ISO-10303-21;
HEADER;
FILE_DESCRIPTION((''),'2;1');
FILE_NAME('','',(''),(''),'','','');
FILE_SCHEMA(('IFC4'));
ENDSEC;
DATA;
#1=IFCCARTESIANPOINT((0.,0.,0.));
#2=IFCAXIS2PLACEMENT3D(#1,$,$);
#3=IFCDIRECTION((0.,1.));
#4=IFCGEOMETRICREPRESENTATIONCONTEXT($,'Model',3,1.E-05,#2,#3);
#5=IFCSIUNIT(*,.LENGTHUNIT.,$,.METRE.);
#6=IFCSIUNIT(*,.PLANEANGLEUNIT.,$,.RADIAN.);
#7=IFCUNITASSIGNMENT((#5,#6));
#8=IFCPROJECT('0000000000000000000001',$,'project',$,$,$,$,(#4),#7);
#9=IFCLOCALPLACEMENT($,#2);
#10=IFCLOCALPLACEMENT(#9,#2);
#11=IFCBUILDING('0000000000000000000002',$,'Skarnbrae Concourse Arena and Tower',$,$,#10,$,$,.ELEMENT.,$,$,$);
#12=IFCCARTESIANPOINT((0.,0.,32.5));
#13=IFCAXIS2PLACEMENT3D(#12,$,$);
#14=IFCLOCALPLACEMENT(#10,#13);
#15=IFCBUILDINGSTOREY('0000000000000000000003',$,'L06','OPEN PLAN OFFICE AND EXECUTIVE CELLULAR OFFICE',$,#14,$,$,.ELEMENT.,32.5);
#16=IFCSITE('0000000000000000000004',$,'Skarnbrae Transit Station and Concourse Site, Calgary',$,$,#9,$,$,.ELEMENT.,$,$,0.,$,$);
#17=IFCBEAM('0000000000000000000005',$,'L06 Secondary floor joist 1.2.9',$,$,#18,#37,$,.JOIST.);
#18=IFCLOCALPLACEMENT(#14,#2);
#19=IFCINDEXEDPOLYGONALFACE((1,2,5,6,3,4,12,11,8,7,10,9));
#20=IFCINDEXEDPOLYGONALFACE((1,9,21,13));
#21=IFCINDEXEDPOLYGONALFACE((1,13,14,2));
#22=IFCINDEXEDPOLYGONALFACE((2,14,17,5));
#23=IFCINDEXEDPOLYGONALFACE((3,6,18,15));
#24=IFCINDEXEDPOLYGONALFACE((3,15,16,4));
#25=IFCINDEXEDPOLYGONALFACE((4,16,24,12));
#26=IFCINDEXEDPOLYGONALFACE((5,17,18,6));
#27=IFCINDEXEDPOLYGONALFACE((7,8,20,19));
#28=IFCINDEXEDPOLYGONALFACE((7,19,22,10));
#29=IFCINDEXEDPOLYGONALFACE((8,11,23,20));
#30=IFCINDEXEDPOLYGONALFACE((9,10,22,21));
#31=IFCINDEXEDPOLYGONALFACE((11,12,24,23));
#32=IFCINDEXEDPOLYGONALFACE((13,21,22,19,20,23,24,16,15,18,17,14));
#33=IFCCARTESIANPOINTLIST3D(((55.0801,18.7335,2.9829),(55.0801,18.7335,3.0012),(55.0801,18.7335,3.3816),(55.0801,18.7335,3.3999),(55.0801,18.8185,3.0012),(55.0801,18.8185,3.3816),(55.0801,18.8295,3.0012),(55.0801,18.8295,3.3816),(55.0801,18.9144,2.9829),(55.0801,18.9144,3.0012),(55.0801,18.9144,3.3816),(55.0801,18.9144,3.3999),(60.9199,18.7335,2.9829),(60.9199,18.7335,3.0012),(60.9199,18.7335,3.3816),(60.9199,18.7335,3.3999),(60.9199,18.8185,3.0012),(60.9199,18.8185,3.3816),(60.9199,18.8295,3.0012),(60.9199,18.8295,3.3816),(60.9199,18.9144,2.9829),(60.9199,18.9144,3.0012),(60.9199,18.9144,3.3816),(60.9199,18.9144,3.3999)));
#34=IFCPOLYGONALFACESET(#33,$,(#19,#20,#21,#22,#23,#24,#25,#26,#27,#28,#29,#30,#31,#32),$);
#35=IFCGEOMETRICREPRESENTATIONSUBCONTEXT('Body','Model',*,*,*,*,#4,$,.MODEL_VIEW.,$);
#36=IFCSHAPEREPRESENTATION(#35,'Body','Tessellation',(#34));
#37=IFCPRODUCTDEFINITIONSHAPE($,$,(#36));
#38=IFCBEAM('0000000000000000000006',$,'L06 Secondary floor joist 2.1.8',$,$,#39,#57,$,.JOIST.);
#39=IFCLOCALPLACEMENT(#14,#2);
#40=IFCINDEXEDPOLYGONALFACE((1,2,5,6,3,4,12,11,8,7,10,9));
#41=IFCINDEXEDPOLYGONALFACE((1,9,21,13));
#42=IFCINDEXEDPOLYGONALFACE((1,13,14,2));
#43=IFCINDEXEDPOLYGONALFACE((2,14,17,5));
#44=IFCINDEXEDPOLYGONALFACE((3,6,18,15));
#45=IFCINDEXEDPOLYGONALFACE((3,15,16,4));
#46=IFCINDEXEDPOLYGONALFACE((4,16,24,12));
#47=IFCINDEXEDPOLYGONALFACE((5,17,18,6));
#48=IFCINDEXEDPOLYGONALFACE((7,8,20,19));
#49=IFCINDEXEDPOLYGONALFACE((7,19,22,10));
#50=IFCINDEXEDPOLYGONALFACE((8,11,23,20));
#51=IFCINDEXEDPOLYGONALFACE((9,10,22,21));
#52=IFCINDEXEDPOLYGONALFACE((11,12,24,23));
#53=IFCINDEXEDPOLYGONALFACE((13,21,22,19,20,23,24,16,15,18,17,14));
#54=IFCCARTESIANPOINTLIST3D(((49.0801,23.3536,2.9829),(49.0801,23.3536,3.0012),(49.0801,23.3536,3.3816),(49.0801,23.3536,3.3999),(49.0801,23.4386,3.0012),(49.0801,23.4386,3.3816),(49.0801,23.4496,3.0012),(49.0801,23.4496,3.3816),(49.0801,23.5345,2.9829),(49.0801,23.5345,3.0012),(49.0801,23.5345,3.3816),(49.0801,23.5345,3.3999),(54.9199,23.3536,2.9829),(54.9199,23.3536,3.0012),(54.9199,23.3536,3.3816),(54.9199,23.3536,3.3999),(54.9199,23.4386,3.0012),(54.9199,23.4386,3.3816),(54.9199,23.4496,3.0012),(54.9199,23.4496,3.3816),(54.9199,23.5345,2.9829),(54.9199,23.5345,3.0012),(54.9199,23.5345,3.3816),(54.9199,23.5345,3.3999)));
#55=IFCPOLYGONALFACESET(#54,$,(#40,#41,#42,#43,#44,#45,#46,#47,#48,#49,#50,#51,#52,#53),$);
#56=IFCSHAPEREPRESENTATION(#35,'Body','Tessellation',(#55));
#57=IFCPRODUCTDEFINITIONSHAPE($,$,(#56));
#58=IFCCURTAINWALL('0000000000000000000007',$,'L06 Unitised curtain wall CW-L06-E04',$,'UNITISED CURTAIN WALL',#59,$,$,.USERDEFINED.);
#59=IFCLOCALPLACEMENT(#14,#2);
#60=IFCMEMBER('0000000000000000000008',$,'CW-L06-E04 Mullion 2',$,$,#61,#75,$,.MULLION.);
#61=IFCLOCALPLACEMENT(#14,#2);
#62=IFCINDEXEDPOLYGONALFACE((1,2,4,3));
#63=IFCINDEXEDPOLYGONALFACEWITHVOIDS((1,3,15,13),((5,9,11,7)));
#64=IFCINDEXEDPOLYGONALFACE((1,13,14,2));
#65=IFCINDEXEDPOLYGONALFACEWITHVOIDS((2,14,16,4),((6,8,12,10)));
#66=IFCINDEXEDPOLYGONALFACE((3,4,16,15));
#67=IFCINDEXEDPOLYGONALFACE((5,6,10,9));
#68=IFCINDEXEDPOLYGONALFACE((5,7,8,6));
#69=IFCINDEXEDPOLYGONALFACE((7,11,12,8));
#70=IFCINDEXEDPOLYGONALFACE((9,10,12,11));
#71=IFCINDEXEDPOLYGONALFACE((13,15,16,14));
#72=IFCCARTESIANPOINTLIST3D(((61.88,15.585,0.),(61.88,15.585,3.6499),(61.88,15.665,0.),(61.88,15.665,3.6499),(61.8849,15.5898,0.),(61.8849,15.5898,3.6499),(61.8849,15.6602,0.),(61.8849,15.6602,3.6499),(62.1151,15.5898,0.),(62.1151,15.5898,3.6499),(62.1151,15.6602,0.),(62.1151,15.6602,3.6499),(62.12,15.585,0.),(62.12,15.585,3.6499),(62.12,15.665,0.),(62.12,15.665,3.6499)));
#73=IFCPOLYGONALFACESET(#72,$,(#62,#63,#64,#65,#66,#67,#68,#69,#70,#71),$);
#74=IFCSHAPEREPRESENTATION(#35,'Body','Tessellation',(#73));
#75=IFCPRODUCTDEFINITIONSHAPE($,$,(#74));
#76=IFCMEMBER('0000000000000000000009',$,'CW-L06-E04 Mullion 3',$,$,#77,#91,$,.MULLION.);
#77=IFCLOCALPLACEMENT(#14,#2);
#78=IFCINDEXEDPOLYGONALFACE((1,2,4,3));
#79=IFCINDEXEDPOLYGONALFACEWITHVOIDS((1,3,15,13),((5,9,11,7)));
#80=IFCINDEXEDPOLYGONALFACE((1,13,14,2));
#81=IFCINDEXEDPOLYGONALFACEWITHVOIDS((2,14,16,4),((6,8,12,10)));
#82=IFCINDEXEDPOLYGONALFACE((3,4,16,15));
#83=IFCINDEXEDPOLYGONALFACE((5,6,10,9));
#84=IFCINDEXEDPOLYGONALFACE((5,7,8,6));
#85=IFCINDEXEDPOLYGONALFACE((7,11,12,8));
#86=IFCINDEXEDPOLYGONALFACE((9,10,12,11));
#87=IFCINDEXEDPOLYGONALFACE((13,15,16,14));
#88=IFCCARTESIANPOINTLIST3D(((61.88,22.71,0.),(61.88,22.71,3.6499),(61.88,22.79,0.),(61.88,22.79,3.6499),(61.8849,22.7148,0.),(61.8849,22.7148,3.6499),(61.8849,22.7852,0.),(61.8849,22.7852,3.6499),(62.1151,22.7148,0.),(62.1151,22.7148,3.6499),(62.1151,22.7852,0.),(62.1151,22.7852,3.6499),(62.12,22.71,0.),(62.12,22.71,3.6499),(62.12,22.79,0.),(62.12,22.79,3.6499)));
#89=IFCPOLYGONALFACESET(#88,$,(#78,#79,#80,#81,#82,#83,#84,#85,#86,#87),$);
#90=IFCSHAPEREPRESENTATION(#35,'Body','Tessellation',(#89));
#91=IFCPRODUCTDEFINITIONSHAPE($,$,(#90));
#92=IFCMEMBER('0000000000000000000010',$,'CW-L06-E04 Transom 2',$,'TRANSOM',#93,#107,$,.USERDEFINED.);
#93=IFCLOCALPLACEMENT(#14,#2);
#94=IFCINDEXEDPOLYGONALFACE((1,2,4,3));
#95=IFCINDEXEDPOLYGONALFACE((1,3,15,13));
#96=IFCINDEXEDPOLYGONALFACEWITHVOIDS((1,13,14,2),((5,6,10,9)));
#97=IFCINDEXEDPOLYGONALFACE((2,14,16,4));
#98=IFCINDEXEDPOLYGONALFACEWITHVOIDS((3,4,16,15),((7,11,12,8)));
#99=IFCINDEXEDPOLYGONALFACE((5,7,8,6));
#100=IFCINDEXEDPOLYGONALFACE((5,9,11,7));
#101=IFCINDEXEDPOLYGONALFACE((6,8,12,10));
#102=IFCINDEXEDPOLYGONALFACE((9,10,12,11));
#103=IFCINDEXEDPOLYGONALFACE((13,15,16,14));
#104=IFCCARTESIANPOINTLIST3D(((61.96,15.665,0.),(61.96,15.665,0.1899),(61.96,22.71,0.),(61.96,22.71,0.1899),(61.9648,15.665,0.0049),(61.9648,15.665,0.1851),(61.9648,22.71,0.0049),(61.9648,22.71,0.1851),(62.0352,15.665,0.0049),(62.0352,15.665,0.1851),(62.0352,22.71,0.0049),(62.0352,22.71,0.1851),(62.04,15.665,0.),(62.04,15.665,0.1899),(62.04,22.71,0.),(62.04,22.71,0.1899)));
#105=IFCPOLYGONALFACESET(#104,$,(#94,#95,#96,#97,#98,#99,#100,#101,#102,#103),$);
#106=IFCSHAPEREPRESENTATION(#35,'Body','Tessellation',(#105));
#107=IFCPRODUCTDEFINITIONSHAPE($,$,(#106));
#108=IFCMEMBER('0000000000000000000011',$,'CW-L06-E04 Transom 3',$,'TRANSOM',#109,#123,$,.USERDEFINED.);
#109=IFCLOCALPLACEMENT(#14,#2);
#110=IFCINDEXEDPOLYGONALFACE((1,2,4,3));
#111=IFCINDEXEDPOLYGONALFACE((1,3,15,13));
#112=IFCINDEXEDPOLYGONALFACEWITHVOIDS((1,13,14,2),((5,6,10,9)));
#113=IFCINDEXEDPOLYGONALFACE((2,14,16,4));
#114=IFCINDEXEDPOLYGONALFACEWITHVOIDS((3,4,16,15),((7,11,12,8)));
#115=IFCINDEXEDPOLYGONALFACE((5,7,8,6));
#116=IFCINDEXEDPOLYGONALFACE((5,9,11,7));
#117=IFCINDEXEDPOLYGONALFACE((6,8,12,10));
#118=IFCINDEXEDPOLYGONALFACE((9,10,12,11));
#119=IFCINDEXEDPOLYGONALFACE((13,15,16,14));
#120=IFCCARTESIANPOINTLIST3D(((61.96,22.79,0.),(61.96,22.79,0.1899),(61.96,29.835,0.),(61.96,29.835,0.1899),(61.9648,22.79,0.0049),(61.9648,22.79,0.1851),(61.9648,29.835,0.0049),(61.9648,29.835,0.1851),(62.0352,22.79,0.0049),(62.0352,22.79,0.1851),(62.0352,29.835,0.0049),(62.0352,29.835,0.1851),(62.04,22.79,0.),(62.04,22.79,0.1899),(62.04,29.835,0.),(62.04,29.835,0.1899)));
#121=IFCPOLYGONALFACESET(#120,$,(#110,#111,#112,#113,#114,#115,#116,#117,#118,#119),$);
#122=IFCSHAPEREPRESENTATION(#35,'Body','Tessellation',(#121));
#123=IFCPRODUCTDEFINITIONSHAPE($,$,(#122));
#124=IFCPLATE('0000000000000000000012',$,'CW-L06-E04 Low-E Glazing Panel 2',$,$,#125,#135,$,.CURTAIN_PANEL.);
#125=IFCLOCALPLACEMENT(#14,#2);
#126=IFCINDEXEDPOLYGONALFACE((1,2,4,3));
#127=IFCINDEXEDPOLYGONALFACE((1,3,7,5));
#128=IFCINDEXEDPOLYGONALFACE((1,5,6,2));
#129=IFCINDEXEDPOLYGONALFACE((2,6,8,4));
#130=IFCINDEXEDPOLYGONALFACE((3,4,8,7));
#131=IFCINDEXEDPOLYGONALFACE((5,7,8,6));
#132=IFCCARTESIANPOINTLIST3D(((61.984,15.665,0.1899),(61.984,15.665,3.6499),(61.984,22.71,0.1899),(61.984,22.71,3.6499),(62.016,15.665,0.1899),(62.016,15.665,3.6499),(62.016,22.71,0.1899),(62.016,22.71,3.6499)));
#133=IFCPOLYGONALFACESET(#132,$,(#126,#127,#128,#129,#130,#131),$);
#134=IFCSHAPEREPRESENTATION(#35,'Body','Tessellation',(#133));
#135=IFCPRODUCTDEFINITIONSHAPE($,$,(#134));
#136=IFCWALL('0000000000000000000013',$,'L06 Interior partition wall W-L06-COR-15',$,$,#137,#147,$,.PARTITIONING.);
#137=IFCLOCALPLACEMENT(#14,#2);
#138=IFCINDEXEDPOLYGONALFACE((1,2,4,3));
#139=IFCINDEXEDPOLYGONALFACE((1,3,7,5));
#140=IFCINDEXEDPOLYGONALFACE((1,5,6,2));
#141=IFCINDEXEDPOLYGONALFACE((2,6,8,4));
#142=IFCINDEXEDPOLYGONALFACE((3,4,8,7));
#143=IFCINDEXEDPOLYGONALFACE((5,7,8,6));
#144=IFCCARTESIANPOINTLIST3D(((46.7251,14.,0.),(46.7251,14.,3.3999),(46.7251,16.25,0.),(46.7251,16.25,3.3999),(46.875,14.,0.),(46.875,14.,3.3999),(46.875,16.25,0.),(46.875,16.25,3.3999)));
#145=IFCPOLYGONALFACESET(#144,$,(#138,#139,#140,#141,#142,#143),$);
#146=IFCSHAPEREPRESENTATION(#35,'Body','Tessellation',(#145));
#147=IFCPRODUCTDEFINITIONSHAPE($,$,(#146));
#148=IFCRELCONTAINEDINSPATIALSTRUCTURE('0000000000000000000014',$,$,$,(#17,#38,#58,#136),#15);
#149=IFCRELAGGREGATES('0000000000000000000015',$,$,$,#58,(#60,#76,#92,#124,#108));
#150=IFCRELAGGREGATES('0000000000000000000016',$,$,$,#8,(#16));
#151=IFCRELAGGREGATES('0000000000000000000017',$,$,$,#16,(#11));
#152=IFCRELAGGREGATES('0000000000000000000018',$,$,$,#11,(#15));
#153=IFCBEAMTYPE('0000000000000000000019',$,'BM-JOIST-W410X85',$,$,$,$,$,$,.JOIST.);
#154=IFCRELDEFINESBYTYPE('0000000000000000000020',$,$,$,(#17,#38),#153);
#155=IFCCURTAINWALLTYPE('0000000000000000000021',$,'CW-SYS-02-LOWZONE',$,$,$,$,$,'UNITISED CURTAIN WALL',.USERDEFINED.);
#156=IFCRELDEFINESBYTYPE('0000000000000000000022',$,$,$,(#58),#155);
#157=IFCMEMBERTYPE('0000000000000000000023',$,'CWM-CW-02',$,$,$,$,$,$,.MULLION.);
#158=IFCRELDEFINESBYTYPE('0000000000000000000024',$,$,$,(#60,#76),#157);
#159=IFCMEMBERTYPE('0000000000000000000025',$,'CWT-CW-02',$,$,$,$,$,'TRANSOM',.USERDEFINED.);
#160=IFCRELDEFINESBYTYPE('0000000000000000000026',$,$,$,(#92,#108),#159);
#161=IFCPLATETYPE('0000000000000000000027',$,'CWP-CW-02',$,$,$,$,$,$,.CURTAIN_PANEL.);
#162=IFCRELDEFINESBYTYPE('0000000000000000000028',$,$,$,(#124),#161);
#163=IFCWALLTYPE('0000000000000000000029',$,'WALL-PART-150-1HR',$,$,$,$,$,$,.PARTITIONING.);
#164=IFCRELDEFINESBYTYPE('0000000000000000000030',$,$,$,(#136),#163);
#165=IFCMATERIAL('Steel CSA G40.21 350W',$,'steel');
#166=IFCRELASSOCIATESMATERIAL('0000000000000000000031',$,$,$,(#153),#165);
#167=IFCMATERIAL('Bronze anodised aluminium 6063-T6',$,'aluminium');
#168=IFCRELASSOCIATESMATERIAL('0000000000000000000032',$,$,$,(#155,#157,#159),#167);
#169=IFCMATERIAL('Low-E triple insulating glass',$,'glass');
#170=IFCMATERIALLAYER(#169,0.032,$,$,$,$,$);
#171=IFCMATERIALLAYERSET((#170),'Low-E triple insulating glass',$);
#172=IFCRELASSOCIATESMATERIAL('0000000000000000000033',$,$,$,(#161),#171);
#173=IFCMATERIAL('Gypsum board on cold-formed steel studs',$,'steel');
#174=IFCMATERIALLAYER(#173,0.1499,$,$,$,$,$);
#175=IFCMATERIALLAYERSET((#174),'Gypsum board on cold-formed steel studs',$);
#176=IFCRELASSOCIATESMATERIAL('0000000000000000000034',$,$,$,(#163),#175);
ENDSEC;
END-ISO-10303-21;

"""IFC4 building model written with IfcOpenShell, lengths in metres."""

from ifc_helpers import new_model, si_unit, direction, frame, frame_2d, origin, origin_2d, place, context, subcontext, project, spatial, rectangle, hollow_rectangle, i_section, extrude, source, transform, mapped, material, layer, layer_set, material_profile, profile_set, type_object, element, aggregate, save


model = new_model("IFC4")

# Units and contexts
model_context = context("Model", 3, precision=1e-05, world=origin(), true_north=direction((0.0, 1.0)))
body_context = subcontext(model_context, "Body", "Model", "MODEL_VIEW")
ifc_project = project(units=[si_unit("LENGTHUNIT", "METRE"), si_unit("PLANEANGLEUNIT", "RADIAN")], contexts=[model_context])

# Site, building, storey
site_placement = place(None, origin())
site = spatial("IfcSite", under=ifc_project, at=site_placement, Name="Skarnbrae Transit Station and Concourse Site, Calgary", CompositionType="ELEMENT", RefElevation=0.0)
building_placement = place(site_placement, origin())
building = spatial("IfcBuilding", under=site, at=building_placement, Name="Skarnbrae Concourse Arena and Tower", CompositionType="ELEMENT")
storey_placement = place(building_placement, frame((0.0, 0.0, 32.5)))
storey = spatial("IfcBuildingStorey", under=building, at=storey_placement, Name="L06", Description="OPEN PLAN OFFICE AND EXECUTIVE CELLULAR OFFICE", CompositionType="ELEMENT", Elevation=32.5)

# Shared definitions
ifc_material_1 = material(Name="Steel CSA G40.21 350W", Category="steel")

# Beams
ifc_material_profile_1 = material_profile(ifc_material_1, i_section(OverallWidth=0.1809, OverallDepth=0.417, WebThickness=0.011, FlangeThickness=0.0183, at=origin_2d()), Name="W410X85")
ifc_profile_set_1 = profile_set([ifc_material_profile_1], Name="Steel CSA G40.21 350W")
beam_type_1 = type_object("IfcBeamType", Name="BM-JOIST-W410X85", PredefinedType="JOIST", material=ifc_profile_set_1)
shared_shape_1 = source(origin(), body_context, "Body", "SweptSolid", [
    extrude(i_section(OverallWidth=0.1809, OverallDepth=0.417, WebThickness=0.011, FlangeThickness=0.0183, at=origin_2d()), origin(), (0.0, 0.0, 1.0), 5.8398),
])
for number, where, z_axis, x_axis, name in (
    (1, (55.0801, 18.824, 3.1914), (1.0, 0.0, 0.0), (0.0, 1.0, 0.0), "L06 Secondary floor joist 1.2.9"),
    (2, (49.0801, 23.4441, 3.1914), (1.0, 0.0, 0.0), (0.0, 1.0, 0.0), "L06 Secondary floor joist 2.1.8"),
):
    element("IfcBeam", number, at=place(storey_placement, frame(where, z_axis=z_axis, x_axis=x_axis)), inside=storey, type_object=beam_type_1, Name=name, PredefinedType="JOIST", context=body_context, shape_type="MappedRepresentation", body=[
        mapped(shared_shape_1, transform((0.0, 0.0, 0.0))),
    ])

# Curtain wall, members, plate
ifc_material_2 = material(Name="Bronze anodised aluminium 6063-T6", Category="aluminium")
curtain_wall_type = type_object("IfcCurtainWallType", Name="CW-SYS-02-LOWZONE", ElementType="UNITISED CURTAIN WALL", PredefinedType="USERDEFINED", material=ifc_material_2)
curtain_wall_placement = place(storey_placement, origin())
curtain_wall = element("IfcCurtainWall", 3, at=curtain_wall_placement, inside=storey, type_object=curtain_wall_type, Name="L06 Unitised curtain wall CW-L06-E04", ObjectType="UNITISED CURTAIN WALL", PredefinedType="USERDEFINED")
ifc_material_profile_2 = material_profile(ifc_material_2, hollow_rectangle(XDim=0.0801, YDim=0.24, WallThickness=0.0049, at=origin_2d()), Name="ALU-MULL-80X240")
ifc_profile_set_2 = profile_set([ifc_material_profile_2], Name="Bronze anodised aluminium 6063-T6")
member_type_1 = type_object("IfcMemberType", Name="CWM-CW-02", PredefinedType="MULLION", material=ifc_profile_set_2)
shared_shape_2 = source(origin(), body_context, "Body", "SweptSolid", [
    extrude(hollow_rectangle(XDim=0.0801, YDim=0.24, WallThickness=0.0049, at=origin_2d()), origin(), (0.0, 0.0, 1.0), 3.6499),
])
member_1_placement = place(storey_placement, frame((62.0, 15.625, 0.0), z_axis=(0.0, 0.0, 1.0), x_axis=(0.0, 1.0, 0.0)))
member_1 = element("IfcMember", 4, at=member_1_placement, type_object=member_type_1, Name="CW-L06-E04 Mullion 2", PredefinedType="MULLION", context=body_context, shape_type="MappedRepresentation", body=[
    mapped(shared_shape_2, transform((0.0, 0.0, 0.0))),
])
member_2_placement = place(storey_placement, frame((62.0, 22.75, 0.0), z_axis=(0.0, 0.0, 1.0), x_axis=(0.0, 1.0, 0.0)))
member_2 = element("IfcMember", 5, at=member_2_placement, type_object=member_type_1, Name="CW-L06-E04 Mullion 3", PredefinedType="MULLION", context=body_context, shape_type="MappedRepresentation", body=[
    mapped(shared_shape_2, transform((0.0, 0.0, 0.0))),
])
ifc_material_profile_3 = material_profile(ifc_material_2, hollow_rectangle(XDim=0.0801, YDim=0.1899, WallThickness=0.0049, at=origin_2d()), Name="ALU-TRAN-80X190")
ifc_profile_set_3 = profile_set([ifc_material_profile_3], Name="Bronze anodised aluminium 6063-T6")
member_type_2 = type_object("IfcMemberType", Name="CWT-CW-02", ElementType="TRANSOM", PredefinedType="USERDEFINED", material=ifc_profile_set_3)
shared_shape_3 = source(origin(), body_context, "Body", "SweptSolid", [
    extrude(hollow_rectangle(XDim=0.0801, YDim=0.1899, WallThickness=0.0049, at=origin_2d()), origin(), (0.0, 0.0, 1.0), 7.0449),
])
member_3_placement = place(storey_placement, frame((62.0, 15.665, 0.095), z_axis=(0.0, 1.0, 0.0), x_axis=(-1.0, 0.0, 0.0)))
member_3 = element("IfcMember", 6, at=member_3_placement, type_object=member_type_2, Name="CW-L06-E04 Transom 2", ObjectType="TRANSOM", PredefinedType="USERDEFINED", context=body_context, shape_type="MappedRepresentation", body=[
    mapped(shared_shape_3, transform((0.0, 0.0, 0.0))),
])
member_4_placement = place(storey_placement, frame((62.0, 22.79, 0.095), z_axis=(0.0, 1.0, 0.0), x_axis=(-1.0, 0.0, 0.0)))
member_4 = element("IfcMember", 7, at=member_4_placement, type_object=member_type_2, Name="CW-L06-E04 Transom 3", ObjectType="TRANSOM", PredefinedType="USERDEFINED", context=body_context, shape_type="MappedRepresentation", body=[
    mapped(shared_shape_3, transform((0.0, 0.0, 0.0))),
])
ifc_material_3 = material(Name="Low-E triple insulating glass", Category="glass")
ifc_layer_1 = layer(ifc_material_3, 0.032)
ifc_layer_set_1 = layer_set([ifc_layer_1], Name="Low-E triple insulating glass")
plate_type = type_object("IfcPlateType", Name="CWP-CW-02", PredefinedType="CURTAIN_PANEL", material=ifc_layer_set_1)
shared_shape_4 = source(origin(), body_context, "Body", "SweptSolid", [
    extrude(rectangle(XDim=7.0449, YDim=0.032, at=origin_2d()), origin(), (0.0, 0.0, 1.0), 3.46),
])
plate_placement = place(storey_placement, frame((62.0, 19.1875, 0.1899), z_axis=(0.0, 0.0, 1.0), x_axis=(0.0, 1.0, 0.0)))
plate = element("IfcPlate", 8, at=plate_placement, type_object=plate_type, Name="CW-L06-E04 Low-E Glazing Panel 2", PredefinedType="CURTAIN_PANEL", context=body_context, shape_type="MappedRepresentation", body=[
    mapped(shared_shape_4, transform((0.0, 0.0, 0.0))),
])
aggregate(curtain_wall, [member_1, member_2, member_3, plate, member_4])

# Wall
ifc_material_4 = material(Name="Gypsum board on cold-formed steel studs", Category="steel")
ifc_layer_2 = layer(ifc_material_4, 0.1499)
ifc_layer_set_2 = layer_set([ifc_layer_2], Name="Gypsum board on cold-formed steel studs")
wall_type = type_object("IfcWallType", Name="WALL-PART-150-1HR", PredefinedType="PARTITIONING", material=ifc_layer_set_2)
shared_shape_5 = source(origin(), body_context, "Body", "SweptSolid", [
    extrude(rectangle(XDim=2.25, YDim=0.1499, at=frame_2d((1.125, 0.0))), origin(), (0.0, 0.0, 1.0), 3.3999),
])
wall_placement = place(storey_placement, frame((46.8, 16.25, 0.0), z_axis=(0.0, 0.0, 1.0), x_axis=(0.0, -1.0, 0.0)))
element("IfcWall", 9, at=wall_placement, inside=storey, type_object=wall_type, Name="L06 Interior partition wall W-L06-COR-15", PredefinedType="PARTITIONING", context=body_context, shape_type="MappedRepresentation", body=[
    mapped(shared_shape_5, transform((0.0, 0.0, 0.0))),
])

save(model, "model.ifc")
